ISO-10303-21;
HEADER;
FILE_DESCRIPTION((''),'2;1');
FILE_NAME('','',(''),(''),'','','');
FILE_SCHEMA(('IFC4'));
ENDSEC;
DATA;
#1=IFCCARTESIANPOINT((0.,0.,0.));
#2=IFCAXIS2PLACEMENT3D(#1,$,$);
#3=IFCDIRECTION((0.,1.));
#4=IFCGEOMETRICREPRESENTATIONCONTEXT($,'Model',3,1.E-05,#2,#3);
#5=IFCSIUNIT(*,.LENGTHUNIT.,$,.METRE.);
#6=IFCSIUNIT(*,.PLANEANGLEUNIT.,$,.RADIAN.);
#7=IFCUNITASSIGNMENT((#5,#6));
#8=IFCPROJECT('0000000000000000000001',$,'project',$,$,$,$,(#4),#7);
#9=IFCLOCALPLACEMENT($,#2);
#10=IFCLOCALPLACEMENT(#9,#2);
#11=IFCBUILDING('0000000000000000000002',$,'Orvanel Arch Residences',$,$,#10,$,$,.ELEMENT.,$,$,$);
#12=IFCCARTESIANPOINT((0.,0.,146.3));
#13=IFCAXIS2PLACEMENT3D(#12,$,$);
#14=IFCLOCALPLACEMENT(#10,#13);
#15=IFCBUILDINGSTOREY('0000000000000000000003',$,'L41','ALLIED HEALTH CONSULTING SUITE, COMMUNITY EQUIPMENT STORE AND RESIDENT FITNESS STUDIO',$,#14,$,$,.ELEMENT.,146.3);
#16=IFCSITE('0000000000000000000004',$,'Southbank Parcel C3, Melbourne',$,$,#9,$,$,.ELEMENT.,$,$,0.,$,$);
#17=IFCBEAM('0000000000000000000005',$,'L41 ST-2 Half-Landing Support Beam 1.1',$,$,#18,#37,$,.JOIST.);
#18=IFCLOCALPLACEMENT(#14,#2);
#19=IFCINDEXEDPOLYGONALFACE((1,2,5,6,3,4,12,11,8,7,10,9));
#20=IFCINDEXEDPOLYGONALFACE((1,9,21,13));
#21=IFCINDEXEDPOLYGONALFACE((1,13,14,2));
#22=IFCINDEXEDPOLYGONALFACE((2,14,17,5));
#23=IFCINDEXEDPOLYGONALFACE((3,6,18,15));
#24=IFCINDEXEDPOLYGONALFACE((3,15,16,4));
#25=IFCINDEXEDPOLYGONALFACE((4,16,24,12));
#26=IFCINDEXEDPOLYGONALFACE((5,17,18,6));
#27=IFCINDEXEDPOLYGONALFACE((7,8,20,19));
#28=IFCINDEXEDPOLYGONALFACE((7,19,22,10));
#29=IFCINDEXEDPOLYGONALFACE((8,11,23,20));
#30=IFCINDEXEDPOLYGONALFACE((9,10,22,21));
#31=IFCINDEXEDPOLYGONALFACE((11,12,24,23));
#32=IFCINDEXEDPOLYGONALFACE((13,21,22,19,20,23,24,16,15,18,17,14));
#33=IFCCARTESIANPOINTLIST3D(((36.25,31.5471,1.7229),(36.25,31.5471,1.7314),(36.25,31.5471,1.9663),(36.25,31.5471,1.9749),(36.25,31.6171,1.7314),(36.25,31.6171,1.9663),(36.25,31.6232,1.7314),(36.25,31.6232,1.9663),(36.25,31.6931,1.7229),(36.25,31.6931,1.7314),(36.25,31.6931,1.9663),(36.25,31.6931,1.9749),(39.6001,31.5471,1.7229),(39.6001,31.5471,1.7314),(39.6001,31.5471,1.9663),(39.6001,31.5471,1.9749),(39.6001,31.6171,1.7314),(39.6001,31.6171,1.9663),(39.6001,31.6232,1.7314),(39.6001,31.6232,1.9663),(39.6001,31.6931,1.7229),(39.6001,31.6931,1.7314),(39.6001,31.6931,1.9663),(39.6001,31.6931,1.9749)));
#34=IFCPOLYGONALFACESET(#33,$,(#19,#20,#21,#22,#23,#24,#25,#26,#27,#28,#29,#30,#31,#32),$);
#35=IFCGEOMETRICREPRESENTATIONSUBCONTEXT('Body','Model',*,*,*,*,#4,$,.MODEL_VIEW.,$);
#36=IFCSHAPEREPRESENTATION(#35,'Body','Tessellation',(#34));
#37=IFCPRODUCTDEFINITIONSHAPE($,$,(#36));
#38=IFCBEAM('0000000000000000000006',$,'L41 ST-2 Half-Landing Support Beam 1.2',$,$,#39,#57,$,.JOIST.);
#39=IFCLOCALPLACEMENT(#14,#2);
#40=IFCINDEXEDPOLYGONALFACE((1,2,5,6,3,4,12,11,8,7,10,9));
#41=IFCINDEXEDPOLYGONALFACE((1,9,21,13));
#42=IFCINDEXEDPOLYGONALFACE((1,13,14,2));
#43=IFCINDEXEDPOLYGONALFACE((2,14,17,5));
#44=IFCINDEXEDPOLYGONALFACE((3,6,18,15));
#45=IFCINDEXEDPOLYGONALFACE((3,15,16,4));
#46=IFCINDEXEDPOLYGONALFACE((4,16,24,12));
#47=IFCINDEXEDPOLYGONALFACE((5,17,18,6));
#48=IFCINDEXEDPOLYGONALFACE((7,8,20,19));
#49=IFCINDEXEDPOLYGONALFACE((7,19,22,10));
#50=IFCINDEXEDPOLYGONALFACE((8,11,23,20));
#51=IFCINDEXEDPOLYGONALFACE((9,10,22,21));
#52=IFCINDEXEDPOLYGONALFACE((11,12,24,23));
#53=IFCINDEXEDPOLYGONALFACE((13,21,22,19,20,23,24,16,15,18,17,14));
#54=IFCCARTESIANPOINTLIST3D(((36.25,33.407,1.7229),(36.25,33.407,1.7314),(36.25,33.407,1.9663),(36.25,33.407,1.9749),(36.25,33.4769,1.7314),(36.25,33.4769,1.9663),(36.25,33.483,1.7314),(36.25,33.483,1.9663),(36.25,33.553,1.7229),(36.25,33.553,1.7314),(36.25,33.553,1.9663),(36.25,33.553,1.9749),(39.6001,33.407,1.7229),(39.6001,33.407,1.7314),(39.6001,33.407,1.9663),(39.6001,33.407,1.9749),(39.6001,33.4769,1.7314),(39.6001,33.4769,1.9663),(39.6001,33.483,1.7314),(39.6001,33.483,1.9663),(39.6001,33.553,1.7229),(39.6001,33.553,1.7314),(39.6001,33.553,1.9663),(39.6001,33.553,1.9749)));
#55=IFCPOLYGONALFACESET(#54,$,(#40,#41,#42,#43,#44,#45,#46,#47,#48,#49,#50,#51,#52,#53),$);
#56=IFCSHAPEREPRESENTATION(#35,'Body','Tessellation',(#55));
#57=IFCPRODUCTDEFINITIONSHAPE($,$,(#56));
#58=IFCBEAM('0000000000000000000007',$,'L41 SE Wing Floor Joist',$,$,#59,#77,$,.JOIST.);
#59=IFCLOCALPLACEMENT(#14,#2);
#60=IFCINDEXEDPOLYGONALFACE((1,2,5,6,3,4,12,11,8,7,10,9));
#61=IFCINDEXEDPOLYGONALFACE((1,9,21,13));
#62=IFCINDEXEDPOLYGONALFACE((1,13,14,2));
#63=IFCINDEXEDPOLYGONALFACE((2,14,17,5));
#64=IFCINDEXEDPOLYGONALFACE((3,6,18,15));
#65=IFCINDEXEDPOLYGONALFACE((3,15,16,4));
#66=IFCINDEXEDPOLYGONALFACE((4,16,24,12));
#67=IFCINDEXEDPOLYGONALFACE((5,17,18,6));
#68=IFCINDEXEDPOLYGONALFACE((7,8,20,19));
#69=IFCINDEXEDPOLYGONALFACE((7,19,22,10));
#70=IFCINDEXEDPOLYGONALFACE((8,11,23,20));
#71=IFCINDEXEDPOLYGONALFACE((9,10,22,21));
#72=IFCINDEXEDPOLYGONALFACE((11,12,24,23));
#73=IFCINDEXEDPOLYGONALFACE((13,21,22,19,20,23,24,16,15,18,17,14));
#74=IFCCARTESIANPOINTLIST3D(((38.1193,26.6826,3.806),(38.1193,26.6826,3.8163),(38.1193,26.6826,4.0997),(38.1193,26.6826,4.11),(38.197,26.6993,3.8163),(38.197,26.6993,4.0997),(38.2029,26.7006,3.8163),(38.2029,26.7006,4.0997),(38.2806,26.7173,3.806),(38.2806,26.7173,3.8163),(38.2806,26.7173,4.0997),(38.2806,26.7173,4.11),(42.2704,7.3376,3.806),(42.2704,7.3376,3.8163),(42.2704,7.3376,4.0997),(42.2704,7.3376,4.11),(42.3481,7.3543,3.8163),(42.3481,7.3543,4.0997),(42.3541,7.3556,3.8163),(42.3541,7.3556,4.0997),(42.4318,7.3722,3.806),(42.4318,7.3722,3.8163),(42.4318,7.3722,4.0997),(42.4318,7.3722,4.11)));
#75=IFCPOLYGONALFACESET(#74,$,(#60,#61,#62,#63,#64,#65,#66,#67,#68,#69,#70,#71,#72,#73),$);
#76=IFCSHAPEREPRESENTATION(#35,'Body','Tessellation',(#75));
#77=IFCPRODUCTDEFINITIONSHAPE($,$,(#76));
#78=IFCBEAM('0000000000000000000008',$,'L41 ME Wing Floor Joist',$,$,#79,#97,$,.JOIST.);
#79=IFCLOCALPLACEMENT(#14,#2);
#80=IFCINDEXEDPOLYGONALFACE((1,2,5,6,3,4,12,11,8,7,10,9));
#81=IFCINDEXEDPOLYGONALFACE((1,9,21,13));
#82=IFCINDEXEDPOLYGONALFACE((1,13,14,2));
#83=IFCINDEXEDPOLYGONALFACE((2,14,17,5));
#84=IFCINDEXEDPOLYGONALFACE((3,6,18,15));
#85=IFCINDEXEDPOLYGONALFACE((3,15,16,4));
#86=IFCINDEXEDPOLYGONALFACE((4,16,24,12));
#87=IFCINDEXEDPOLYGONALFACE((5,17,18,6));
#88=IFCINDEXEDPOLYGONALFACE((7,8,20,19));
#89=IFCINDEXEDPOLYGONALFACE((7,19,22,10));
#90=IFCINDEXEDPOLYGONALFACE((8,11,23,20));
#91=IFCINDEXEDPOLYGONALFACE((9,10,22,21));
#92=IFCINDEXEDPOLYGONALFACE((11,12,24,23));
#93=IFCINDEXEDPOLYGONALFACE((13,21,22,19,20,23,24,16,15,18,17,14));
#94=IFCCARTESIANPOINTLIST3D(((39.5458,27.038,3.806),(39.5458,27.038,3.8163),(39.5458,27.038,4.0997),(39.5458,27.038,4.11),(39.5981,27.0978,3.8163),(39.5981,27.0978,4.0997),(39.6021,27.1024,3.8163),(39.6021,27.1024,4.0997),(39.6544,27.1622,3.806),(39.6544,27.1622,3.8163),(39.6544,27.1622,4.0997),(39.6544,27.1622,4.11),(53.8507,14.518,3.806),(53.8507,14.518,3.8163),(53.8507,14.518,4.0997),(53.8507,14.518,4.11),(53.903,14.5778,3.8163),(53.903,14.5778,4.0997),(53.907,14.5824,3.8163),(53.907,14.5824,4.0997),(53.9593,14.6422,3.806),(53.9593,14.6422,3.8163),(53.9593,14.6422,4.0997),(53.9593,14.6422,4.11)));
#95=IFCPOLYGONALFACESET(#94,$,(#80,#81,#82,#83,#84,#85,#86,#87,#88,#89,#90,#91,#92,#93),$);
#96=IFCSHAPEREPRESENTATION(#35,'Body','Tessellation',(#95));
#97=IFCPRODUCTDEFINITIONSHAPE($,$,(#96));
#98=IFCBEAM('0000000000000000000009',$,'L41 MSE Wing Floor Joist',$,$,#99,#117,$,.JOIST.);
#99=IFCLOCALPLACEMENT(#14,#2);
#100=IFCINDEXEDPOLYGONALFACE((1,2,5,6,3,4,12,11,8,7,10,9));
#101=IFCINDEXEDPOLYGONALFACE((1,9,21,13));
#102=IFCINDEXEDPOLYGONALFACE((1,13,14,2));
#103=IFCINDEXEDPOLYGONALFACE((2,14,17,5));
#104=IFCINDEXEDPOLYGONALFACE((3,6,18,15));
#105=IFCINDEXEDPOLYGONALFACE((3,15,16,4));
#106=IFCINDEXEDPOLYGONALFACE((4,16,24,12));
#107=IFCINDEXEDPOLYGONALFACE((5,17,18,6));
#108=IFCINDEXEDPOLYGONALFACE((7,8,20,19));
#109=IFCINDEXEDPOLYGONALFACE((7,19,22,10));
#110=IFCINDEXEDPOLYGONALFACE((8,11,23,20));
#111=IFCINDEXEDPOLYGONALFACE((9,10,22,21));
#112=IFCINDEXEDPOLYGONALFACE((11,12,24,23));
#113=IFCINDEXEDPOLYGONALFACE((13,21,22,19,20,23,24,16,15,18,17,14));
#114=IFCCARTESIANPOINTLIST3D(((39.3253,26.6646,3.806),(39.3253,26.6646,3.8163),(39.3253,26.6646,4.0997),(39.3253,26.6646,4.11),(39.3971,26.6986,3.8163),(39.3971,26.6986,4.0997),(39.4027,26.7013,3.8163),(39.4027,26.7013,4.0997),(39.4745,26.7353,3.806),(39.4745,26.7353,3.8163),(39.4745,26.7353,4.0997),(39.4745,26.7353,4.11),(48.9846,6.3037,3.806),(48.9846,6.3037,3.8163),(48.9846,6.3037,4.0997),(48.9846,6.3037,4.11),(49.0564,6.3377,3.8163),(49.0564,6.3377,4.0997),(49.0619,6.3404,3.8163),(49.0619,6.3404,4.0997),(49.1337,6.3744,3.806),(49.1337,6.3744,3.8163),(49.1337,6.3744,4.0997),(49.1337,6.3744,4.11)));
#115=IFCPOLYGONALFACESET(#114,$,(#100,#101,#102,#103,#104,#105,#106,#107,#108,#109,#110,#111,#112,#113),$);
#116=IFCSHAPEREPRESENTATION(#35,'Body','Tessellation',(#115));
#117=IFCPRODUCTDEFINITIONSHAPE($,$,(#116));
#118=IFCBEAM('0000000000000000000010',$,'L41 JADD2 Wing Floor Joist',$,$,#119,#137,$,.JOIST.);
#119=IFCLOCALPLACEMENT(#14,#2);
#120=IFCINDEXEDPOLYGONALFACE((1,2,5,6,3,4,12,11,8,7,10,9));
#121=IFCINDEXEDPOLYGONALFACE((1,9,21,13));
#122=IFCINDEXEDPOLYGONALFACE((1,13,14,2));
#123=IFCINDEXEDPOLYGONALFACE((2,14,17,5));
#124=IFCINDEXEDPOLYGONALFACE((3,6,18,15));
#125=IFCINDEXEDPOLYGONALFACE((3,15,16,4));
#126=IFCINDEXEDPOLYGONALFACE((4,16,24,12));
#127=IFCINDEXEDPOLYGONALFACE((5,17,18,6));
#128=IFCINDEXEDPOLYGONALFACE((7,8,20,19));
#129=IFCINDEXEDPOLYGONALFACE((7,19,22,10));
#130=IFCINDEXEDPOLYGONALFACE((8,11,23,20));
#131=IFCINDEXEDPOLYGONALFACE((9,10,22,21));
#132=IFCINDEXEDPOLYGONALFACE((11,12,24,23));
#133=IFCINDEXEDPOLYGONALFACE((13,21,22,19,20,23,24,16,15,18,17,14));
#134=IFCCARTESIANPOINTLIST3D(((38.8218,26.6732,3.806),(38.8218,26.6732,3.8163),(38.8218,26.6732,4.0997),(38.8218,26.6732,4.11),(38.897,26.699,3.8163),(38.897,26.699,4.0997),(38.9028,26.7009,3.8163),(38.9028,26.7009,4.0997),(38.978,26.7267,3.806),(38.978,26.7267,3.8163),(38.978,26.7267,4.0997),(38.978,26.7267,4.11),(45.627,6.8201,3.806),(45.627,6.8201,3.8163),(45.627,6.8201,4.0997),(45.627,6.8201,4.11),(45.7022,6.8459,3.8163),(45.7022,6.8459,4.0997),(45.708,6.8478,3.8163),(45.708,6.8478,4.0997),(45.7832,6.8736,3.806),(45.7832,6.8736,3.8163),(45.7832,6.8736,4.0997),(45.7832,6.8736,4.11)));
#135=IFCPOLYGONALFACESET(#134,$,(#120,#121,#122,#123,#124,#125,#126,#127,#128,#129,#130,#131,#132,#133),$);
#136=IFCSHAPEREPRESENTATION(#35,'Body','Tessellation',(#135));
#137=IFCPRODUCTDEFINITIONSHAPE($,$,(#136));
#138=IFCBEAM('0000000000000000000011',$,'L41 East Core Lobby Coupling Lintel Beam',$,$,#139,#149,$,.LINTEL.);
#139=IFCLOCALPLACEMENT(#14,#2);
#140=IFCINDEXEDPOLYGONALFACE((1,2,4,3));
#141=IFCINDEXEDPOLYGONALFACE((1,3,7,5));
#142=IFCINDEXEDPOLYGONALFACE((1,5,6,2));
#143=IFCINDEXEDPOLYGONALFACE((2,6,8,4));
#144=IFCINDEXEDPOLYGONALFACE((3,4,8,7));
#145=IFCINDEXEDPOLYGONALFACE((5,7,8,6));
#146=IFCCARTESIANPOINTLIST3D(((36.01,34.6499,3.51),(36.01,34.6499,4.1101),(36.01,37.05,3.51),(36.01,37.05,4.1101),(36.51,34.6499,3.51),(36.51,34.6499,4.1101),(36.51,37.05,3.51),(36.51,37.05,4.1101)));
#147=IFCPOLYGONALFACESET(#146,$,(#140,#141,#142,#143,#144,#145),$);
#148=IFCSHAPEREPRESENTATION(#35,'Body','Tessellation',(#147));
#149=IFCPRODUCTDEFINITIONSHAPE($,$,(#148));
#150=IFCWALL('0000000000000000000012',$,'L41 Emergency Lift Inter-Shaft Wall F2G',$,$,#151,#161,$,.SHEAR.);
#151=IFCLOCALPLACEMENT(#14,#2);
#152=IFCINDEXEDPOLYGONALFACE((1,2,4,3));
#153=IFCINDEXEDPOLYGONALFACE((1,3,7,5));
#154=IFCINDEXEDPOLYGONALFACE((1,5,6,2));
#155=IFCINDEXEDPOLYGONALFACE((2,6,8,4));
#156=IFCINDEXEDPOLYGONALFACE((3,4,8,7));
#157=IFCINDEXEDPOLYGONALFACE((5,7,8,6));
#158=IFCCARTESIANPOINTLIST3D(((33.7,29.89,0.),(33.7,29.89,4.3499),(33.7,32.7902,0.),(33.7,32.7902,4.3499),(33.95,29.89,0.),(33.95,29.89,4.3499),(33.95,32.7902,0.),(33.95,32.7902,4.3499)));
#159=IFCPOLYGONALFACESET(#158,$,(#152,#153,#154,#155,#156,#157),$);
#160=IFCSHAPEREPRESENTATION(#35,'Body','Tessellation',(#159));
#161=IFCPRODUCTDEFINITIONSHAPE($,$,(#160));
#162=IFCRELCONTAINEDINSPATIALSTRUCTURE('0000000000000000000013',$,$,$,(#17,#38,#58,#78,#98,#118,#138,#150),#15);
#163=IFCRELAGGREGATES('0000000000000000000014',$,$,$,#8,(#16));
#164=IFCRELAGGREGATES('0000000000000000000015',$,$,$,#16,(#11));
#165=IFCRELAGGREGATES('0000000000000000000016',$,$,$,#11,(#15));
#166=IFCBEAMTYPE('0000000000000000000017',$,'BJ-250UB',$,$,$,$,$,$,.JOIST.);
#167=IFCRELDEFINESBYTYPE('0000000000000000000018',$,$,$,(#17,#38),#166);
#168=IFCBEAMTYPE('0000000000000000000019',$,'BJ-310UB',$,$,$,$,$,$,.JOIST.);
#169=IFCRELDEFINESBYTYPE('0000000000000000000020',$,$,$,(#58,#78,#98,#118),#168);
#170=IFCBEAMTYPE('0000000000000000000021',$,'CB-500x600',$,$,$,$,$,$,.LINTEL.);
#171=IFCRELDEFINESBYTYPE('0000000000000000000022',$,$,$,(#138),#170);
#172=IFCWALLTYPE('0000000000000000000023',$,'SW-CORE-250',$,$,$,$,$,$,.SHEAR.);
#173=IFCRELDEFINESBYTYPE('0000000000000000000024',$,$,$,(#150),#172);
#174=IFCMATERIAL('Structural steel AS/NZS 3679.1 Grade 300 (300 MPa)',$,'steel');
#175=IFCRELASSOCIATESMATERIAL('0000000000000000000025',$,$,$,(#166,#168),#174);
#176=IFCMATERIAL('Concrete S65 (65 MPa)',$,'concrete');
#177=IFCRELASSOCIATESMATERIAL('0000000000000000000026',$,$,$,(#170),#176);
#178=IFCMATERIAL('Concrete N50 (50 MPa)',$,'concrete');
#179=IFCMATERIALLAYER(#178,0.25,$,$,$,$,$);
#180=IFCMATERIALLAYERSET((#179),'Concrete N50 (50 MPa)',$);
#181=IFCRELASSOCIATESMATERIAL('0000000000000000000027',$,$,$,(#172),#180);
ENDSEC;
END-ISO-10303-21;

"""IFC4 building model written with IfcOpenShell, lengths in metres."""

from ifc_helpers import new_model, si_unit, direction, frame, frame_2d, origin, origin_2d, place, context, subcontext, project, spatial, rectangle, i_section, extrude, material, layer, layer_set, material_profile, profile_set, type_object, element, save


model = new_model("IFC4")

# Units and contexts
model_context = context("Model", 3, precision=1e-05, world=origin(), true_north=direction((0.0, 1.0)))
body_context = subcontext(model_context, "Body", "Model", "MODEL_VIEW")
ifc_project = project(units=[si_unit("LENGTHUNIT", "METRE"), si_unit("PLANEANGLEUNIT", "RADIAN")], contexts=[model_context])

# Site, building, storey
site_placement = place(None, origin())
site = spatial("IfcSite", under=ifc_project, at=site_placement, Name="Southbank Parcel C3, Melbourne", CompositionType="ELEMENT", RefElevation=0.0)
building_placement = place(site_placement, origin())
building = spatial("IfcBuilding", under=site, at=building_placement, Name="Orvanel Arch Residences", CompositionType="ELEMENT")
storey_placement = place(building_placement, frame((0.0, 0.0, 146.3)))
storey = spatial("IfcBuildingStorey", under=building, at=storey_placement, Name="L41", Description="ALLIED HEALTH CONSULTING SUITE, COMMUNITY EQUIPMENT STORE AND RESIDENT FITNESS STUDIO", CompositionType="ELEMENT", Elevation=146.3)

# Beams
ifc_material_1 = material(Name="Structural steel AS/NZS 3679.1 Grade 300 (300 MPa)", Category="steel")
ifc_material_profile_1 = material_profile(ifc_material_1, i_section(OverallWidth=0.146, OverallDepth=0.252, WebThickness=0.0061, FlangeThickness=0.0085, at=origin_2d()), Name="250UB31.4")
ifc_profile_set_1 = profile_set([ifc_material_profile_1], Name="Structural steel AS/NZS 3679.1 Grade 300 (300 MPa)")
beam_type_1 = type_object("IfcBeamType", Name="BJ-250UB", PredefinedType="JOIST", material=ifc_profile_set_1)
for number, where, z_axis, x_axis, name in (
    (1, (36.25, 31.6201, 1.8489), (1.0, 0.0, 0.0), (0.0, 1.0, 0.0), "L41 ST-2 Half-Landing Support Beam 1.1"),
    (2, (36.25, 33.48, 1.8489), (1.0, 0.0, 0.0), (0.0, 1.0, 0.0), "L41 ST-2 Half-Landing Support Beam 1.2"),
):
    element("IfcBeam", number, at=place(storey_placement, frame(where, z_axis=z_axis, x_axis=x_axis)), inside=storey, type_object=beam_type_1, Name=name, PredefinedType="JOIST", context=body_context, shape_type="SweptSolid", body=[
        extrude(i_section(OverallWidth=0.146, OverallDepth=0.252, WebThickness=0.0061, FlangeThickness=0.0085, at=origin_2d()), origin(), (0.0, 0.0, 1.0), 3.3501),
    ])
ifc_material_profile_2 = material_profile(ifc_material_1, i_section(OverallWidth=0.165, OverallDepth=0.304, WebThickness=0.0061, FlangeThickness=0.0103, at=origin_2d()), Name="310UB40.4")
ifc_profile_set_2 = profile_set([ifc_material_profile_2], Name="Structural steel AS/NZS 3679.1 Grade 300 (300 MPa)")
beam_type_2 = type_object("IfcBeamType", Name="BJ-310UB", PredefinedType="JOIST", material=ifc_profile_set_2)
beam_1_placement = place(storey_placement, frame((38.2, 26.7, 3.958), z_axis=(0.209808, -0.977743, 0.0), x_axis=(0.977743, 0.209808, 0.0)))
element("IfcBeam", 3, at=beam_1_placement, inside=storey, type_object=beam_type_2, Name="L41 SE Wing Floor Joist", PredefinedType="JOIST", context=body_context, shape_type="SweptSolid", body=[
    extrude(i_section(OverallWidth=0.165, OverallDepth=0.304, WebThickness=0.0061, FlangeThickness=0.0103, at=origin_2d()), origin(), (0.0, 0.0, 1.0), 19.7854),
])
beam_2_placement = place(storey_placement, frame((39.6001, 27.1001, 3.958), z_axis=(0.752493, -0.6586, 0.0), x_axis=(0.6586, 0.752493, 0.0)))
element("IfcBeam", 4, at=beam_2_placement, inside=storey, type_object=beam_type_2, Name="L41 ME Wing Floor Joist", PredefinedType="JOIST", context=body_context, shape_type="SweptSolid", body=[
    extrude(i_section(OverallWidth=0.165, OverallDepth=0.304, WebThickness=0.0061, FlangeThickness=0.0103, at=origin_2d()), origin(), (0.0, 0.0, 1.0), 19.01),
])
beam_3_placement = place(storey_placement, frame((39.3999, 26.7, 3.958), z_axis=(0.428614, -0.903488, 0.0), x_axis=(0.903488, 0.428614, 0.0)))
element("IfcBeam", 5, at=beam_3_placement, inside=storey, type_object=beam_type_2, Name="L41 MSE Wing Floor Joist", PredefinedType="JOIST", context=body_context, shape_type="SweptSolid", body=[
    extrude(i_section(OverallWidth=0.165, OverallDepth=0.304, WebThickness=0.0061, FlangeThickness=0.0103, at=origin_2d()), origin(), (0.0, 0.0, 1.0), 22.5359),
])
beam_4_placement = place(storey_placement, frame((38.8999, 26.7, 3.958), z_axis=(0.324257, -0.945969, 0.0), x_axis=(0.945969, 0.324257, 0.0)))
element("IfcBeam", 6, at=beam_4_placement, inside=storey, type_object=beam_type_2, Name="L41 JADD2 Wing Floor Joist", PredefinedType="JOIST", context=body_context, shape_type="SweptSolid", body=[
    extrude(i_section(OverallWidth=0.165, OverallDepth=0.304, WebThickness=0.0061, FlangeThickness=0.0103, at=origin_2d()), origin(), (0.0, 0.0, 1.0), 20.9871),
])
ifc_material_2 = material(Name="Concrete S65 (65 MPa)", Category="concrete")
ifc_material_profile_3 = material_profile(ifc_material_2, rectangle(XDim=0.5, YDim=0.6001, at=origin_2d()), Name="RC500x600")
ifc_profile_set_3 = profile_set([ifc_material_profile_3], Name="Concrete S65 (65 MPa)")
beam_type_3 = type_object("IfcBeamType", Name="CB-500x600", PredefinedType="LINTEL", material=ifc_profile_set_3)
beam_5_placement = place(storey_placement, frame((36.26, 34.6499, 3.8101), z_axis=(0.0, 1.0, 0.0), x_axis=(-1.0, 0.0, 0.0)))
element("IfcBeam", 7, at=beam_5_placement, inside=storey, type_object=beam_type_3, Name="L41 East Core Lobby Coupling Lintel Beam", PredefinedType="LINTEL", context=body_context, shape_type="SweptSolid", body=[
    extrude(rectangle(XDim=0.5, YDim=0.6001, at=origin_2d()), origin(), (0.0, 0.0, 1.0), 2.4001),
])

# Wall
ifc_material_3 = material(Name="Concrete N50 (50 MPa)", Category="concrete")
ifc_layer_1 = layer(ifc_material_3, 0.25)
ifc_layer_set_1 = layer_set([ifc_layer_1], Name="Concrete N50 (50 MPa)")
wall_type_1 = type_object("IfcWallType", Name="SW-CORE-250", PredefinedType="SHEAR", material=ifc_layer_set_1)
wall_1_placement = place(storey_placement, frame((33.825, 29.8899, 0.0), z_axis=(0.0, 0.0, 1.0), x_axis=(0.0, 1.0, 0.0)))
element("IfcWall", 8, at=wall_1_placement, inside=storey, type_object=wall_type_1, Name="L41 Emergency Lift Inter-Shaft Wall F2G", PredefinedType="SHEAR", context=body_context, shape_type="SweptSolid", body=[
    extrude(rectangle(XDim=2.9001, YDim=0.25, at=frame_2d((1.4502, 0.0))), origin(), (0.0, 0.0, 1.0), 4.3499),
])

save(model, "model.ifc")
